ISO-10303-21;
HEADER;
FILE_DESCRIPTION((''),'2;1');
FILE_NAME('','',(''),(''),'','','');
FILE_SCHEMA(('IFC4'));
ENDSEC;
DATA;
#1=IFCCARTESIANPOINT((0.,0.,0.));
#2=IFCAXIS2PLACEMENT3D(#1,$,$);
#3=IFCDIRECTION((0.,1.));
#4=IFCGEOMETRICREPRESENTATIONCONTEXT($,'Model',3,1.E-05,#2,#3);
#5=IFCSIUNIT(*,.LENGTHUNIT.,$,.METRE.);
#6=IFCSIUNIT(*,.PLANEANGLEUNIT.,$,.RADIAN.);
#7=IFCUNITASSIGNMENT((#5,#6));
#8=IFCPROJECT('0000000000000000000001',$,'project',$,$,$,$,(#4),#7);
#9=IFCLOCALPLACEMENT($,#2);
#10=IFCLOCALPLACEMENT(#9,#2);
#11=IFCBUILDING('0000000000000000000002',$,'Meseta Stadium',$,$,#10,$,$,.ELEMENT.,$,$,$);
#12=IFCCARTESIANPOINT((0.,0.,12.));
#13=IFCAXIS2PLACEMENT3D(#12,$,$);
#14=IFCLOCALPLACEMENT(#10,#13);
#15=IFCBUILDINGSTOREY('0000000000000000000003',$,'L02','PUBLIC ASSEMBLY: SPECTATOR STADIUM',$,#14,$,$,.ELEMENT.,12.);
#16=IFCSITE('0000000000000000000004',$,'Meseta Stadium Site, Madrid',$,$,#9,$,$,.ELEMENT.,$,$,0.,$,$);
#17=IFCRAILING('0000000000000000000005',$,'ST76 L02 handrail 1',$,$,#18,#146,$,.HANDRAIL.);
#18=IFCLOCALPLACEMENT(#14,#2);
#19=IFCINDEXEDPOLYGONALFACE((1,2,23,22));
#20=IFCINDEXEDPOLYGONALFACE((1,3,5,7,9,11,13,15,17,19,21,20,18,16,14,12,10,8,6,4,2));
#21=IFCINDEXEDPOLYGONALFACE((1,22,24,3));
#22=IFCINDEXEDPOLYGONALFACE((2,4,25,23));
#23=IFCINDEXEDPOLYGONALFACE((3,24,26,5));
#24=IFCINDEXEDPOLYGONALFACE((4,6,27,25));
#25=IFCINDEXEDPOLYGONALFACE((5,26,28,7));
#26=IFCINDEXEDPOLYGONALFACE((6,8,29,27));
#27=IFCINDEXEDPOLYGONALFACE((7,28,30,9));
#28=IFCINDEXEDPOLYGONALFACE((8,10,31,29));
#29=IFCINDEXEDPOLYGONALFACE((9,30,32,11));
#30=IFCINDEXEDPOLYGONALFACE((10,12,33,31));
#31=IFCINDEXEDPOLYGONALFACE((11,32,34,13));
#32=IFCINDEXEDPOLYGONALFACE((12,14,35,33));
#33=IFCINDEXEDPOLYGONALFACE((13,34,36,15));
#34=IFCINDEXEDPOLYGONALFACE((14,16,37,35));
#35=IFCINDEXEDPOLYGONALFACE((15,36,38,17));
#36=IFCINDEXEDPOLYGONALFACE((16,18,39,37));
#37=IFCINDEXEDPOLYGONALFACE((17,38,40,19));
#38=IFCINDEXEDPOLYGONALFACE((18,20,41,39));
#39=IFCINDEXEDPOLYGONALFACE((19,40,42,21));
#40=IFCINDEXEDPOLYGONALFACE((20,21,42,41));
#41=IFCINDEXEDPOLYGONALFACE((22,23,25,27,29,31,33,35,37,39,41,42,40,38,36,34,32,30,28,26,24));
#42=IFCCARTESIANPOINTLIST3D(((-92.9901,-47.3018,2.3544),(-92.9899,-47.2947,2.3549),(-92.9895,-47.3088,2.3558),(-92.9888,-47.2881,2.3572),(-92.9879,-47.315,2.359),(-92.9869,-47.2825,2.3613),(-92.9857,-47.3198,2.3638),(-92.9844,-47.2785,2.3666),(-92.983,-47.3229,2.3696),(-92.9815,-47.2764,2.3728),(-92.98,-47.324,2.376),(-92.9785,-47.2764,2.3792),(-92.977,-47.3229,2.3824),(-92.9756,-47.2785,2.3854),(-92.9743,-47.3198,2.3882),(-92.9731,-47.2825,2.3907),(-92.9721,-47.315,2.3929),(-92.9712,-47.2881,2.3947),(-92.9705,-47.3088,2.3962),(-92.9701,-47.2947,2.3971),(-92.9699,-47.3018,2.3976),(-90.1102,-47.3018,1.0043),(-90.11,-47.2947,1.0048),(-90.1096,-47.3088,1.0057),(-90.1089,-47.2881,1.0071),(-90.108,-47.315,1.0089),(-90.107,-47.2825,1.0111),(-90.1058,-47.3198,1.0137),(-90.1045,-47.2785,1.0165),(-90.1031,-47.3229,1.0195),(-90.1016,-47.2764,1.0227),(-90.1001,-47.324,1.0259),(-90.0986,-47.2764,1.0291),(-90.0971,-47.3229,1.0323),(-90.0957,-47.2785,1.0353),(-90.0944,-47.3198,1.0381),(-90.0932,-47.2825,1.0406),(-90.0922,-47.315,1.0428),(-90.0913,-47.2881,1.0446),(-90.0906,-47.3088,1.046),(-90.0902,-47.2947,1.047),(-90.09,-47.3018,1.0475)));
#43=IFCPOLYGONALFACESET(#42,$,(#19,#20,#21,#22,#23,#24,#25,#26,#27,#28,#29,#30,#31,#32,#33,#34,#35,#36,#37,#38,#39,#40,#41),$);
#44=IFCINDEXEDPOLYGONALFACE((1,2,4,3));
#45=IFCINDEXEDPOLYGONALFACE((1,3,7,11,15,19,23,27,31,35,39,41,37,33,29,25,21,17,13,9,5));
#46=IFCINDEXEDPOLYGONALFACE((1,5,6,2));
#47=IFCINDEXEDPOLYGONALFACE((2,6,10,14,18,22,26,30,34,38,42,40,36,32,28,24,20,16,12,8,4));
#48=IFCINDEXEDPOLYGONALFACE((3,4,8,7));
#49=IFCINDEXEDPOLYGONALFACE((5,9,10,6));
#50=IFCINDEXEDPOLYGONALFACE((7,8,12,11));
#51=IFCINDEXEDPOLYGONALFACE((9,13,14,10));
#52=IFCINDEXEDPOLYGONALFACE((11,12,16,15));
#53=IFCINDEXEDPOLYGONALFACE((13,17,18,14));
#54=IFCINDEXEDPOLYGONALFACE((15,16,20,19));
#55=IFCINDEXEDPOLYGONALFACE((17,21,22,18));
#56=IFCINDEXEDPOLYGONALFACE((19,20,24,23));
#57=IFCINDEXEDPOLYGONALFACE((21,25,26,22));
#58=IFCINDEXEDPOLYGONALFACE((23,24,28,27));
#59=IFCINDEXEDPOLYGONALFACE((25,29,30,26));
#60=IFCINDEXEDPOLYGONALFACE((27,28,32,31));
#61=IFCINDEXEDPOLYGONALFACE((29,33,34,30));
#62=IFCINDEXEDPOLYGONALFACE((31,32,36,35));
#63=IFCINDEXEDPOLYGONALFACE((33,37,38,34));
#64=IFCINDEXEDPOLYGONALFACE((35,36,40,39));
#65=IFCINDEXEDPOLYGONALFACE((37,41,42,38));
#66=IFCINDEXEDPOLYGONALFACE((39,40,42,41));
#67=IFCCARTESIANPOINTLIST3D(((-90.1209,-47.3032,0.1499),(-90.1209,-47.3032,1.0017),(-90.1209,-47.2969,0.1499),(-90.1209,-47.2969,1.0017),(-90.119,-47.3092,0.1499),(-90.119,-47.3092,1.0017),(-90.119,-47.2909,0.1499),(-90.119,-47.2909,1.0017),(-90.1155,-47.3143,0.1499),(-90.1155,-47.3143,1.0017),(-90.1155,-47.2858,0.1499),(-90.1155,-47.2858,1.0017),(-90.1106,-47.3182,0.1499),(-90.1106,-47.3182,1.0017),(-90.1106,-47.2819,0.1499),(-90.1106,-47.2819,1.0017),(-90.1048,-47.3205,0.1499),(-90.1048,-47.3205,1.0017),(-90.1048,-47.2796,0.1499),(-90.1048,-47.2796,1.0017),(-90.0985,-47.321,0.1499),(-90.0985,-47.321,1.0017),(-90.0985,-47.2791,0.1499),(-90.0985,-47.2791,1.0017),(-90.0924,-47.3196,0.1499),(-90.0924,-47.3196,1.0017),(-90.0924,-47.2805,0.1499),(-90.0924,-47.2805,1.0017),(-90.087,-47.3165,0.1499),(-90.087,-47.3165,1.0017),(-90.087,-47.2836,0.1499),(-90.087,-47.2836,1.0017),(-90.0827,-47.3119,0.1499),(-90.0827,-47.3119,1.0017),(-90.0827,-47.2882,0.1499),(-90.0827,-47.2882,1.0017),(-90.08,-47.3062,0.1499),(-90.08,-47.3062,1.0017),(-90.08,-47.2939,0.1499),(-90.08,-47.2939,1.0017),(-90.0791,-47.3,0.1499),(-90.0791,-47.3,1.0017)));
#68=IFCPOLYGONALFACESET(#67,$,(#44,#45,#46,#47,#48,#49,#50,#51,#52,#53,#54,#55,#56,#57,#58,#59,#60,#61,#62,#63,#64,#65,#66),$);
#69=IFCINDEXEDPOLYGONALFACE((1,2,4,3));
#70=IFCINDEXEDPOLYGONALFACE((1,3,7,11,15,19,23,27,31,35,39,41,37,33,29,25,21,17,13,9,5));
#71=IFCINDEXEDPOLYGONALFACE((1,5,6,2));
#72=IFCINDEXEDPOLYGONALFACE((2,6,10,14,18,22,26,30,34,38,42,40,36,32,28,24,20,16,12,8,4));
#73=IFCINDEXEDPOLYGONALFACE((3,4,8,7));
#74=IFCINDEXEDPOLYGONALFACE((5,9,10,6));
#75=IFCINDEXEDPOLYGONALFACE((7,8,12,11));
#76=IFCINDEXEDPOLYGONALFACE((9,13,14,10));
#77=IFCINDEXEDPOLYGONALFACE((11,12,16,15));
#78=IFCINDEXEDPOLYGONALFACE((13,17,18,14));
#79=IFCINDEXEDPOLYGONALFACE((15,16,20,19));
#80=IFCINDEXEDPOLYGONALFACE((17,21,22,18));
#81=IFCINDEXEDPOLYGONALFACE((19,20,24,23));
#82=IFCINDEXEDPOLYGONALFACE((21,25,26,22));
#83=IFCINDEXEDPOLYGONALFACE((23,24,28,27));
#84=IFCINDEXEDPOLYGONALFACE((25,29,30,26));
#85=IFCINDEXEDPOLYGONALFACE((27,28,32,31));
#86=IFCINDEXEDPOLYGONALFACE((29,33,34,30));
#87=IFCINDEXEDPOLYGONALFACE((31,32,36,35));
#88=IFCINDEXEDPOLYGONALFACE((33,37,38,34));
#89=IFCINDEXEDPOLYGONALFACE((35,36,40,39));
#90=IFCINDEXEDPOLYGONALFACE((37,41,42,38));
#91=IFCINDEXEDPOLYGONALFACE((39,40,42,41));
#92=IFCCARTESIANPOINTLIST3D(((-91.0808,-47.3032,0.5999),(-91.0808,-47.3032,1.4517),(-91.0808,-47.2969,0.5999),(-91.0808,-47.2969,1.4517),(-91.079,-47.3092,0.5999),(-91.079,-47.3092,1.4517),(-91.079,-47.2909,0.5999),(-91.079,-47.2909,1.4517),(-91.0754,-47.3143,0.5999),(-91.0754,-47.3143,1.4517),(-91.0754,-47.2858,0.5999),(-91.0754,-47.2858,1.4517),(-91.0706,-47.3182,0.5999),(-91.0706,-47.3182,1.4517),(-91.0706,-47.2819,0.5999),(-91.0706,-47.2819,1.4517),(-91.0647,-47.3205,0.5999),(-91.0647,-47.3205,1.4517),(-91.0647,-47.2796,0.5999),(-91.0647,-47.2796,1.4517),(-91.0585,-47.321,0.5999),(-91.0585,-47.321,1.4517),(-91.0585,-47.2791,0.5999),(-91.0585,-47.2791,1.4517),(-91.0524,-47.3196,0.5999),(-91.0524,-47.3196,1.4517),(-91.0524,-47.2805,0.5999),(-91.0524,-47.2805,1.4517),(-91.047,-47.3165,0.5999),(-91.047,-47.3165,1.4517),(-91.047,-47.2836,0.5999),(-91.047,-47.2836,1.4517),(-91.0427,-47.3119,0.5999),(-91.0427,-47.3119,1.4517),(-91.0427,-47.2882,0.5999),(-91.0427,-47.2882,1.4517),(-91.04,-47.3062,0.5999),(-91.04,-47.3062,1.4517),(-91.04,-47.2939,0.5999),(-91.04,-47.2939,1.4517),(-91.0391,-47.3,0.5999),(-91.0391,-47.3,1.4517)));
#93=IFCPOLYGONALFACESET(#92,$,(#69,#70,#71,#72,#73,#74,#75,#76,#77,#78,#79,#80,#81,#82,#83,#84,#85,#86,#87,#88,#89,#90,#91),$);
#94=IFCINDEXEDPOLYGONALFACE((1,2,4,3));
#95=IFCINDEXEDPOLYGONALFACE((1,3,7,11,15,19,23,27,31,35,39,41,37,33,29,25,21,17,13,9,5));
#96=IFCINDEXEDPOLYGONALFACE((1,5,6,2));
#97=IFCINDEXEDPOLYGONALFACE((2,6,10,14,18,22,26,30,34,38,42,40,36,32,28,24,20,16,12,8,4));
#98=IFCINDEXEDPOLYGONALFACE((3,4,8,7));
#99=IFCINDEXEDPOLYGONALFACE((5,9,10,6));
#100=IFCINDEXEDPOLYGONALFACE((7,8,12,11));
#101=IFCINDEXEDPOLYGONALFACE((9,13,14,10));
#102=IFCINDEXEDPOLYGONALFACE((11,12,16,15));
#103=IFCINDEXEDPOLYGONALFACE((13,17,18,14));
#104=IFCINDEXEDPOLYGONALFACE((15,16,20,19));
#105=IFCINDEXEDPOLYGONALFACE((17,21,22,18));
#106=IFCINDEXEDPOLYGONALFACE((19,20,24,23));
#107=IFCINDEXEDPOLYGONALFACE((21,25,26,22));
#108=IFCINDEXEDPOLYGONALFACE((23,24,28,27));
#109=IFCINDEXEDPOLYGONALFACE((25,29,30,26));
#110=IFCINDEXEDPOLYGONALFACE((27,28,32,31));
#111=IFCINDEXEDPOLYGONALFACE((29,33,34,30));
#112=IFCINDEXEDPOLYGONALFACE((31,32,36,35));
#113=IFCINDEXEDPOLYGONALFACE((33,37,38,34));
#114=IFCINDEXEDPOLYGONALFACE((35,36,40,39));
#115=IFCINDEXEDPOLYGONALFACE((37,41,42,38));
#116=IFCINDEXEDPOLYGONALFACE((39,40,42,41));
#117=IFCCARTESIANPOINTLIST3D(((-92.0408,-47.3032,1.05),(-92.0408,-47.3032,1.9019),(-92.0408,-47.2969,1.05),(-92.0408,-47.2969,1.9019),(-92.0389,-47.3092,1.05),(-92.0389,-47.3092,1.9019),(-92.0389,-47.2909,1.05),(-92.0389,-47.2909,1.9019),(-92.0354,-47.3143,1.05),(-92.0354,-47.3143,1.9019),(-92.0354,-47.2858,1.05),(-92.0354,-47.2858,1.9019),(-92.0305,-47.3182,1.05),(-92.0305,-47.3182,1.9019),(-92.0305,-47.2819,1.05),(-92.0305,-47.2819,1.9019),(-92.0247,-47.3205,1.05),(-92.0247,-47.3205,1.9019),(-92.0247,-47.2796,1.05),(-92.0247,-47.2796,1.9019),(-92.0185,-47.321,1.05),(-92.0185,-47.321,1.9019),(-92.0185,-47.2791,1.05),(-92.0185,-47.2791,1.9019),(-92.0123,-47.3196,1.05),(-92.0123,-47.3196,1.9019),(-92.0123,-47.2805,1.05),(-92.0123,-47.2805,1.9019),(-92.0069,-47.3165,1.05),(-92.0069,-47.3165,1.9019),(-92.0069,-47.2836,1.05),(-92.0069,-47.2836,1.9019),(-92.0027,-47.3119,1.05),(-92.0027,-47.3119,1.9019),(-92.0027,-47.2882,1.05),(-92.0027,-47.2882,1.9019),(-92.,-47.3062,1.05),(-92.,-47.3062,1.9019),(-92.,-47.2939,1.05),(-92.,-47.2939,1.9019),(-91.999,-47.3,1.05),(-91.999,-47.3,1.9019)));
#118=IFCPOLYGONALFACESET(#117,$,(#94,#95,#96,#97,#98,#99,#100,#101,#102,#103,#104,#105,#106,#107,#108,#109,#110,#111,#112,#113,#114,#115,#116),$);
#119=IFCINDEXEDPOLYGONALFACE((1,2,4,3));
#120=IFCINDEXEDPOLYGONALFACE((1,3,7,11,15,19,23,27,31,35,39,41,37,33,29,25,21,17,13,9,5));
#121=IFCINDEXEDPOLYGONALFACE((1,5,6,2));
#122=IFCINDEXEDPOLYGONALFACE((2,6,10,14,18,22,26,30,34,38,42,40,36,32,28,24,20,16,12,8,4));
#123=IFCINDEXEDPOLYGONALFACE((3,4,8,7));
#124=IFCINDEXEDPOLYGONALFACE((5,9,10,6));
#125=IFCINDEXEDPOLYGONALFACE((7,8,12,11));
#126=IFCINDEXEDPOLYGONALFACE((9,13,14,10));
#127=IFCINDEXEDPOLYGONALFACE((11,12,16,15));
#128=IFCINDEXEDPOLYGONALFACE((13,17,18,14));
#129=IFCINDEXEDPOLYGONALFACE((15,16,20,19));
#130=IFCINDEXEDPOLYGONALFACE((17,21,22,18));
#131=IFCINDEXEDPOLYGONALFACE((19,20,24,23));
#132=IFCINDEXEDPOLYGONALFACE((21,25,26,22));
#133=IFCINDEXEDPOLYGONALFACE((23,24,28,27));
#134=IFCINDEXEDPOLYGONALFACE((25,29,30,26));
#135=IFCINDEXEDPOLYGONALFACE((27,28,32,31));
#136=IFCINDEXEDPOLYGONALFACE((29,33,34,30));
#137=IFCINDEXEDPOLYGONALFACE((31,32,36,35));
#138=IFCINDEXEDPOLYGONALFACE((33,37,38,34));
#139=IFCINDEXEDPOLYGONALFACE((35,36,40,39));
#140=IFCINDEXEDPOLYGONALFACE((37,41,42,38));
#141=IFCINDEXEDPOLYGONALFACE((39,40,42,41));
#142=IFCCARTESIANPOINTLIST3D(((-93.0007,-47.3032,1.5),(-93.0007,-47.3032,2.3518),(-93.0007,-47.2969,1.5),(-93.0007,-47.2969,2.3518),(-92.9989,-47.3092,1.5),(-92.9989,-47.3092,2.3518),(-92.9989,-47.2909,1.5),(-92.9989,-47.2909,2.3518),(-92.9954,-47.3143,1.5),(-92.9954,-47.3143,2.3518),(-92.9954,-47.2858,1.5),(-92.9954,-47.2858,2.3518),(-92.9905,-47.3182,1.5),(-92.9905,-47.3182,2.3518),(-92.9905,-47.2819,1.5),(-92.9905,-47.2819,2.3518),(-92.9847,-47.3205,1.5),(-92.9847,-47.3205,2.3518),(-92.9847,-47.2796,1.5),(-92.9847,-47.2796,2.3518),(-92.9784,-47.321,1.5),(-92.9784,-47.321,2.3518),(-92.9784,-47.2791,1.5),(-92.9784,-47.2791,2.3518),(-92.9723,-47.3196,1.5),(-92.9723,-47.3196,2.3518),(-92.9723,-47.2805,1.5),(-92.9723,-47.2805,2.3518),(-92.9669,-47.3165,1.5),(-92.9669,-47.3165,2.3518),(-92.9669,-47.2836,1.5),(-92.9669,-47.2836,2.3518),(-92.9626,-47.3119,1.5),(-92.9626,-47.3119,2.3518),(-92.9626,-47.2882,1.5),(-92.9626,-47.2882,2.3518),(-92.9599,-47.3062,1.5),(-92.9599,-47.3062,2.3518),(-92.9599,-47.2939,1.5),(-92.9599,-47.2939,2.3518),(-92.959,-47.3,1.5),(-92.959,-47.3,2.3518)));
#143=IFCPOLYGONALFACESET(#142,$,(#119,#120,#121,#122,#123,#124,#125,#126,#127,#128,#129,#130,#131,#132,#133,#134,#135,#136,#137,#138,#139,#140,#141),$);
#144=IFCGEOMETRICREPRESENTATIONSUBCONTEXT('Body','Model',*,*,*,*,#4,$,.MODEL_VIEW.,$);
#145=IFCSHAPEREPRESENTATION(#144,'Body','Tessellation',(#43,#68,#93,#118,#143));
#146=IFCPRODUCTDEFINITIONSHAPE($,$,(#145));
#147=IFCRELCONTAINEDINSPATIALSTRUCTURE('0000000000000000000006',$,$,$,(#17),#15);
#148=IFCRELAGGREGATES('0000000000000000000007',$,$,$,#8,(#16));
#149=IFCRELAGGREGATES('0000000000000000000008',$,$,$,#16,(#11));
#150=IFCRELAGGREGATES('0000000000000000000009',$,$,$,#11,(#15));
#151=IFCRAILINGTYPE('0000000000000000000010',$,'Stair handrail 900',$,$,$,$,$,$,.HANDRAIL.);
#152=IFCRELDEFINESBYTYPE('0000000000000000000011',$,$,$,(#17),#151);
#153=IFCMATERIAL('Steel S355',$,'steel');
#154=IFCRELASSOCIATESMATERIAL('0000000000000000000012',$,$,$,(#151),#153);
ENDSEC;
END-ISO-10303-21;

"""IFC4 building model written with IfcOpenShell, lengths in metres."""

from ifc_helpers import new_model, si_unit, direction, frame, origin, origin_2d, place, context, subcontext, project, spatial, circle, extrude, material, type_object, element, save


model = new_model("IFC4")

# Units and contexts
model_context = context("Model", 3, precision=1e-05, world=origin(), true_north=direction((0.0, 1.0)))
body_context = subcontext(model_context, "Body", "Model", "MODEL_VIEW")
ifc_project = project(units=[si_unit("LENGTHUNIT", "METRE"), si_unit("PLANEANGLEUNIT", "RADIAN")], contexts=[model_context])

# Site, building, storey
site_placement = place(None, origin())
site = spatial("IfcSite", under=ifc_project, at=site_placement, Name="Meseta Stadium Site, Madrid", CompositionType="ELEMENT", RefElevation=0.0)
building_placement = place(site_placement, origin())
building = spatial("IfcBuilding", under=site, at=building_placement, Name="Meseta Stadium", CompositionType="ELEMENT")
storey_placement = place(building_placement, frame((0.0, 0.0, 12.0)))
storey = spatial("IfcBuildingStorey", under=building, at=storey_placement, Name="L02", Description="PUBLIC ASSEMBLY: SPECTATOR STADIUM", CompositionType="ELEMENT", Elevation=12.0)

# Railing
ifc_material_1 = material(Name="Steel S355", Category="steel")
railing_type_1 = type_object("IfcRailingType", Name="Stair handrail 900", PredefinedType="HANDRAIL", material=ifc_material_1)
for number, where, name in (
    (1, (-90.1001, -47.3, 0.1499), "ST76 L02 handrail 1"),
):
    element("IfcRailing", number, at=place(storey_placement, frame(where)), inside=storey, type_object=railing_type_1, Name=name, PredefinedType="HANDRAIL", context=body_context, shape_type="SweptSolid", body=[
        extrude(circle(Radius=0.0239, at=origin_2d()), frame((0.0, 0.0, 0.876), z_axis=(-0.90544, 0.0, 0.424473), x_axis=(0.0, -1.0, 0.0)), (0.0, 0.0, 1.0), 3.1807),
        extrude(circle(Radius=0.021, at=origin_2d()), origin(), (0.0, 0.0, 1.0), 0.8518),
        extrude(circle(Radius=0.021, at=origin_2d()), frame((-0.96, 0.0, 0.45)), (0.0, 0.0, 1.0), 0.8518),
        extrude(circle(Radius=0.021, at=origin_2d()), frame((-1.9199, 0.0, 0.9001)), (0.0, 0.0, 1.0), 0.8518),
        extrude(circle(Radius=0.021, at=origin_2d()), frame((-2.8799, 0.0, 1.3501)), (0.0, 0.0, 1.0), 0.8518),
    ])

save(model, "model.ifc")
